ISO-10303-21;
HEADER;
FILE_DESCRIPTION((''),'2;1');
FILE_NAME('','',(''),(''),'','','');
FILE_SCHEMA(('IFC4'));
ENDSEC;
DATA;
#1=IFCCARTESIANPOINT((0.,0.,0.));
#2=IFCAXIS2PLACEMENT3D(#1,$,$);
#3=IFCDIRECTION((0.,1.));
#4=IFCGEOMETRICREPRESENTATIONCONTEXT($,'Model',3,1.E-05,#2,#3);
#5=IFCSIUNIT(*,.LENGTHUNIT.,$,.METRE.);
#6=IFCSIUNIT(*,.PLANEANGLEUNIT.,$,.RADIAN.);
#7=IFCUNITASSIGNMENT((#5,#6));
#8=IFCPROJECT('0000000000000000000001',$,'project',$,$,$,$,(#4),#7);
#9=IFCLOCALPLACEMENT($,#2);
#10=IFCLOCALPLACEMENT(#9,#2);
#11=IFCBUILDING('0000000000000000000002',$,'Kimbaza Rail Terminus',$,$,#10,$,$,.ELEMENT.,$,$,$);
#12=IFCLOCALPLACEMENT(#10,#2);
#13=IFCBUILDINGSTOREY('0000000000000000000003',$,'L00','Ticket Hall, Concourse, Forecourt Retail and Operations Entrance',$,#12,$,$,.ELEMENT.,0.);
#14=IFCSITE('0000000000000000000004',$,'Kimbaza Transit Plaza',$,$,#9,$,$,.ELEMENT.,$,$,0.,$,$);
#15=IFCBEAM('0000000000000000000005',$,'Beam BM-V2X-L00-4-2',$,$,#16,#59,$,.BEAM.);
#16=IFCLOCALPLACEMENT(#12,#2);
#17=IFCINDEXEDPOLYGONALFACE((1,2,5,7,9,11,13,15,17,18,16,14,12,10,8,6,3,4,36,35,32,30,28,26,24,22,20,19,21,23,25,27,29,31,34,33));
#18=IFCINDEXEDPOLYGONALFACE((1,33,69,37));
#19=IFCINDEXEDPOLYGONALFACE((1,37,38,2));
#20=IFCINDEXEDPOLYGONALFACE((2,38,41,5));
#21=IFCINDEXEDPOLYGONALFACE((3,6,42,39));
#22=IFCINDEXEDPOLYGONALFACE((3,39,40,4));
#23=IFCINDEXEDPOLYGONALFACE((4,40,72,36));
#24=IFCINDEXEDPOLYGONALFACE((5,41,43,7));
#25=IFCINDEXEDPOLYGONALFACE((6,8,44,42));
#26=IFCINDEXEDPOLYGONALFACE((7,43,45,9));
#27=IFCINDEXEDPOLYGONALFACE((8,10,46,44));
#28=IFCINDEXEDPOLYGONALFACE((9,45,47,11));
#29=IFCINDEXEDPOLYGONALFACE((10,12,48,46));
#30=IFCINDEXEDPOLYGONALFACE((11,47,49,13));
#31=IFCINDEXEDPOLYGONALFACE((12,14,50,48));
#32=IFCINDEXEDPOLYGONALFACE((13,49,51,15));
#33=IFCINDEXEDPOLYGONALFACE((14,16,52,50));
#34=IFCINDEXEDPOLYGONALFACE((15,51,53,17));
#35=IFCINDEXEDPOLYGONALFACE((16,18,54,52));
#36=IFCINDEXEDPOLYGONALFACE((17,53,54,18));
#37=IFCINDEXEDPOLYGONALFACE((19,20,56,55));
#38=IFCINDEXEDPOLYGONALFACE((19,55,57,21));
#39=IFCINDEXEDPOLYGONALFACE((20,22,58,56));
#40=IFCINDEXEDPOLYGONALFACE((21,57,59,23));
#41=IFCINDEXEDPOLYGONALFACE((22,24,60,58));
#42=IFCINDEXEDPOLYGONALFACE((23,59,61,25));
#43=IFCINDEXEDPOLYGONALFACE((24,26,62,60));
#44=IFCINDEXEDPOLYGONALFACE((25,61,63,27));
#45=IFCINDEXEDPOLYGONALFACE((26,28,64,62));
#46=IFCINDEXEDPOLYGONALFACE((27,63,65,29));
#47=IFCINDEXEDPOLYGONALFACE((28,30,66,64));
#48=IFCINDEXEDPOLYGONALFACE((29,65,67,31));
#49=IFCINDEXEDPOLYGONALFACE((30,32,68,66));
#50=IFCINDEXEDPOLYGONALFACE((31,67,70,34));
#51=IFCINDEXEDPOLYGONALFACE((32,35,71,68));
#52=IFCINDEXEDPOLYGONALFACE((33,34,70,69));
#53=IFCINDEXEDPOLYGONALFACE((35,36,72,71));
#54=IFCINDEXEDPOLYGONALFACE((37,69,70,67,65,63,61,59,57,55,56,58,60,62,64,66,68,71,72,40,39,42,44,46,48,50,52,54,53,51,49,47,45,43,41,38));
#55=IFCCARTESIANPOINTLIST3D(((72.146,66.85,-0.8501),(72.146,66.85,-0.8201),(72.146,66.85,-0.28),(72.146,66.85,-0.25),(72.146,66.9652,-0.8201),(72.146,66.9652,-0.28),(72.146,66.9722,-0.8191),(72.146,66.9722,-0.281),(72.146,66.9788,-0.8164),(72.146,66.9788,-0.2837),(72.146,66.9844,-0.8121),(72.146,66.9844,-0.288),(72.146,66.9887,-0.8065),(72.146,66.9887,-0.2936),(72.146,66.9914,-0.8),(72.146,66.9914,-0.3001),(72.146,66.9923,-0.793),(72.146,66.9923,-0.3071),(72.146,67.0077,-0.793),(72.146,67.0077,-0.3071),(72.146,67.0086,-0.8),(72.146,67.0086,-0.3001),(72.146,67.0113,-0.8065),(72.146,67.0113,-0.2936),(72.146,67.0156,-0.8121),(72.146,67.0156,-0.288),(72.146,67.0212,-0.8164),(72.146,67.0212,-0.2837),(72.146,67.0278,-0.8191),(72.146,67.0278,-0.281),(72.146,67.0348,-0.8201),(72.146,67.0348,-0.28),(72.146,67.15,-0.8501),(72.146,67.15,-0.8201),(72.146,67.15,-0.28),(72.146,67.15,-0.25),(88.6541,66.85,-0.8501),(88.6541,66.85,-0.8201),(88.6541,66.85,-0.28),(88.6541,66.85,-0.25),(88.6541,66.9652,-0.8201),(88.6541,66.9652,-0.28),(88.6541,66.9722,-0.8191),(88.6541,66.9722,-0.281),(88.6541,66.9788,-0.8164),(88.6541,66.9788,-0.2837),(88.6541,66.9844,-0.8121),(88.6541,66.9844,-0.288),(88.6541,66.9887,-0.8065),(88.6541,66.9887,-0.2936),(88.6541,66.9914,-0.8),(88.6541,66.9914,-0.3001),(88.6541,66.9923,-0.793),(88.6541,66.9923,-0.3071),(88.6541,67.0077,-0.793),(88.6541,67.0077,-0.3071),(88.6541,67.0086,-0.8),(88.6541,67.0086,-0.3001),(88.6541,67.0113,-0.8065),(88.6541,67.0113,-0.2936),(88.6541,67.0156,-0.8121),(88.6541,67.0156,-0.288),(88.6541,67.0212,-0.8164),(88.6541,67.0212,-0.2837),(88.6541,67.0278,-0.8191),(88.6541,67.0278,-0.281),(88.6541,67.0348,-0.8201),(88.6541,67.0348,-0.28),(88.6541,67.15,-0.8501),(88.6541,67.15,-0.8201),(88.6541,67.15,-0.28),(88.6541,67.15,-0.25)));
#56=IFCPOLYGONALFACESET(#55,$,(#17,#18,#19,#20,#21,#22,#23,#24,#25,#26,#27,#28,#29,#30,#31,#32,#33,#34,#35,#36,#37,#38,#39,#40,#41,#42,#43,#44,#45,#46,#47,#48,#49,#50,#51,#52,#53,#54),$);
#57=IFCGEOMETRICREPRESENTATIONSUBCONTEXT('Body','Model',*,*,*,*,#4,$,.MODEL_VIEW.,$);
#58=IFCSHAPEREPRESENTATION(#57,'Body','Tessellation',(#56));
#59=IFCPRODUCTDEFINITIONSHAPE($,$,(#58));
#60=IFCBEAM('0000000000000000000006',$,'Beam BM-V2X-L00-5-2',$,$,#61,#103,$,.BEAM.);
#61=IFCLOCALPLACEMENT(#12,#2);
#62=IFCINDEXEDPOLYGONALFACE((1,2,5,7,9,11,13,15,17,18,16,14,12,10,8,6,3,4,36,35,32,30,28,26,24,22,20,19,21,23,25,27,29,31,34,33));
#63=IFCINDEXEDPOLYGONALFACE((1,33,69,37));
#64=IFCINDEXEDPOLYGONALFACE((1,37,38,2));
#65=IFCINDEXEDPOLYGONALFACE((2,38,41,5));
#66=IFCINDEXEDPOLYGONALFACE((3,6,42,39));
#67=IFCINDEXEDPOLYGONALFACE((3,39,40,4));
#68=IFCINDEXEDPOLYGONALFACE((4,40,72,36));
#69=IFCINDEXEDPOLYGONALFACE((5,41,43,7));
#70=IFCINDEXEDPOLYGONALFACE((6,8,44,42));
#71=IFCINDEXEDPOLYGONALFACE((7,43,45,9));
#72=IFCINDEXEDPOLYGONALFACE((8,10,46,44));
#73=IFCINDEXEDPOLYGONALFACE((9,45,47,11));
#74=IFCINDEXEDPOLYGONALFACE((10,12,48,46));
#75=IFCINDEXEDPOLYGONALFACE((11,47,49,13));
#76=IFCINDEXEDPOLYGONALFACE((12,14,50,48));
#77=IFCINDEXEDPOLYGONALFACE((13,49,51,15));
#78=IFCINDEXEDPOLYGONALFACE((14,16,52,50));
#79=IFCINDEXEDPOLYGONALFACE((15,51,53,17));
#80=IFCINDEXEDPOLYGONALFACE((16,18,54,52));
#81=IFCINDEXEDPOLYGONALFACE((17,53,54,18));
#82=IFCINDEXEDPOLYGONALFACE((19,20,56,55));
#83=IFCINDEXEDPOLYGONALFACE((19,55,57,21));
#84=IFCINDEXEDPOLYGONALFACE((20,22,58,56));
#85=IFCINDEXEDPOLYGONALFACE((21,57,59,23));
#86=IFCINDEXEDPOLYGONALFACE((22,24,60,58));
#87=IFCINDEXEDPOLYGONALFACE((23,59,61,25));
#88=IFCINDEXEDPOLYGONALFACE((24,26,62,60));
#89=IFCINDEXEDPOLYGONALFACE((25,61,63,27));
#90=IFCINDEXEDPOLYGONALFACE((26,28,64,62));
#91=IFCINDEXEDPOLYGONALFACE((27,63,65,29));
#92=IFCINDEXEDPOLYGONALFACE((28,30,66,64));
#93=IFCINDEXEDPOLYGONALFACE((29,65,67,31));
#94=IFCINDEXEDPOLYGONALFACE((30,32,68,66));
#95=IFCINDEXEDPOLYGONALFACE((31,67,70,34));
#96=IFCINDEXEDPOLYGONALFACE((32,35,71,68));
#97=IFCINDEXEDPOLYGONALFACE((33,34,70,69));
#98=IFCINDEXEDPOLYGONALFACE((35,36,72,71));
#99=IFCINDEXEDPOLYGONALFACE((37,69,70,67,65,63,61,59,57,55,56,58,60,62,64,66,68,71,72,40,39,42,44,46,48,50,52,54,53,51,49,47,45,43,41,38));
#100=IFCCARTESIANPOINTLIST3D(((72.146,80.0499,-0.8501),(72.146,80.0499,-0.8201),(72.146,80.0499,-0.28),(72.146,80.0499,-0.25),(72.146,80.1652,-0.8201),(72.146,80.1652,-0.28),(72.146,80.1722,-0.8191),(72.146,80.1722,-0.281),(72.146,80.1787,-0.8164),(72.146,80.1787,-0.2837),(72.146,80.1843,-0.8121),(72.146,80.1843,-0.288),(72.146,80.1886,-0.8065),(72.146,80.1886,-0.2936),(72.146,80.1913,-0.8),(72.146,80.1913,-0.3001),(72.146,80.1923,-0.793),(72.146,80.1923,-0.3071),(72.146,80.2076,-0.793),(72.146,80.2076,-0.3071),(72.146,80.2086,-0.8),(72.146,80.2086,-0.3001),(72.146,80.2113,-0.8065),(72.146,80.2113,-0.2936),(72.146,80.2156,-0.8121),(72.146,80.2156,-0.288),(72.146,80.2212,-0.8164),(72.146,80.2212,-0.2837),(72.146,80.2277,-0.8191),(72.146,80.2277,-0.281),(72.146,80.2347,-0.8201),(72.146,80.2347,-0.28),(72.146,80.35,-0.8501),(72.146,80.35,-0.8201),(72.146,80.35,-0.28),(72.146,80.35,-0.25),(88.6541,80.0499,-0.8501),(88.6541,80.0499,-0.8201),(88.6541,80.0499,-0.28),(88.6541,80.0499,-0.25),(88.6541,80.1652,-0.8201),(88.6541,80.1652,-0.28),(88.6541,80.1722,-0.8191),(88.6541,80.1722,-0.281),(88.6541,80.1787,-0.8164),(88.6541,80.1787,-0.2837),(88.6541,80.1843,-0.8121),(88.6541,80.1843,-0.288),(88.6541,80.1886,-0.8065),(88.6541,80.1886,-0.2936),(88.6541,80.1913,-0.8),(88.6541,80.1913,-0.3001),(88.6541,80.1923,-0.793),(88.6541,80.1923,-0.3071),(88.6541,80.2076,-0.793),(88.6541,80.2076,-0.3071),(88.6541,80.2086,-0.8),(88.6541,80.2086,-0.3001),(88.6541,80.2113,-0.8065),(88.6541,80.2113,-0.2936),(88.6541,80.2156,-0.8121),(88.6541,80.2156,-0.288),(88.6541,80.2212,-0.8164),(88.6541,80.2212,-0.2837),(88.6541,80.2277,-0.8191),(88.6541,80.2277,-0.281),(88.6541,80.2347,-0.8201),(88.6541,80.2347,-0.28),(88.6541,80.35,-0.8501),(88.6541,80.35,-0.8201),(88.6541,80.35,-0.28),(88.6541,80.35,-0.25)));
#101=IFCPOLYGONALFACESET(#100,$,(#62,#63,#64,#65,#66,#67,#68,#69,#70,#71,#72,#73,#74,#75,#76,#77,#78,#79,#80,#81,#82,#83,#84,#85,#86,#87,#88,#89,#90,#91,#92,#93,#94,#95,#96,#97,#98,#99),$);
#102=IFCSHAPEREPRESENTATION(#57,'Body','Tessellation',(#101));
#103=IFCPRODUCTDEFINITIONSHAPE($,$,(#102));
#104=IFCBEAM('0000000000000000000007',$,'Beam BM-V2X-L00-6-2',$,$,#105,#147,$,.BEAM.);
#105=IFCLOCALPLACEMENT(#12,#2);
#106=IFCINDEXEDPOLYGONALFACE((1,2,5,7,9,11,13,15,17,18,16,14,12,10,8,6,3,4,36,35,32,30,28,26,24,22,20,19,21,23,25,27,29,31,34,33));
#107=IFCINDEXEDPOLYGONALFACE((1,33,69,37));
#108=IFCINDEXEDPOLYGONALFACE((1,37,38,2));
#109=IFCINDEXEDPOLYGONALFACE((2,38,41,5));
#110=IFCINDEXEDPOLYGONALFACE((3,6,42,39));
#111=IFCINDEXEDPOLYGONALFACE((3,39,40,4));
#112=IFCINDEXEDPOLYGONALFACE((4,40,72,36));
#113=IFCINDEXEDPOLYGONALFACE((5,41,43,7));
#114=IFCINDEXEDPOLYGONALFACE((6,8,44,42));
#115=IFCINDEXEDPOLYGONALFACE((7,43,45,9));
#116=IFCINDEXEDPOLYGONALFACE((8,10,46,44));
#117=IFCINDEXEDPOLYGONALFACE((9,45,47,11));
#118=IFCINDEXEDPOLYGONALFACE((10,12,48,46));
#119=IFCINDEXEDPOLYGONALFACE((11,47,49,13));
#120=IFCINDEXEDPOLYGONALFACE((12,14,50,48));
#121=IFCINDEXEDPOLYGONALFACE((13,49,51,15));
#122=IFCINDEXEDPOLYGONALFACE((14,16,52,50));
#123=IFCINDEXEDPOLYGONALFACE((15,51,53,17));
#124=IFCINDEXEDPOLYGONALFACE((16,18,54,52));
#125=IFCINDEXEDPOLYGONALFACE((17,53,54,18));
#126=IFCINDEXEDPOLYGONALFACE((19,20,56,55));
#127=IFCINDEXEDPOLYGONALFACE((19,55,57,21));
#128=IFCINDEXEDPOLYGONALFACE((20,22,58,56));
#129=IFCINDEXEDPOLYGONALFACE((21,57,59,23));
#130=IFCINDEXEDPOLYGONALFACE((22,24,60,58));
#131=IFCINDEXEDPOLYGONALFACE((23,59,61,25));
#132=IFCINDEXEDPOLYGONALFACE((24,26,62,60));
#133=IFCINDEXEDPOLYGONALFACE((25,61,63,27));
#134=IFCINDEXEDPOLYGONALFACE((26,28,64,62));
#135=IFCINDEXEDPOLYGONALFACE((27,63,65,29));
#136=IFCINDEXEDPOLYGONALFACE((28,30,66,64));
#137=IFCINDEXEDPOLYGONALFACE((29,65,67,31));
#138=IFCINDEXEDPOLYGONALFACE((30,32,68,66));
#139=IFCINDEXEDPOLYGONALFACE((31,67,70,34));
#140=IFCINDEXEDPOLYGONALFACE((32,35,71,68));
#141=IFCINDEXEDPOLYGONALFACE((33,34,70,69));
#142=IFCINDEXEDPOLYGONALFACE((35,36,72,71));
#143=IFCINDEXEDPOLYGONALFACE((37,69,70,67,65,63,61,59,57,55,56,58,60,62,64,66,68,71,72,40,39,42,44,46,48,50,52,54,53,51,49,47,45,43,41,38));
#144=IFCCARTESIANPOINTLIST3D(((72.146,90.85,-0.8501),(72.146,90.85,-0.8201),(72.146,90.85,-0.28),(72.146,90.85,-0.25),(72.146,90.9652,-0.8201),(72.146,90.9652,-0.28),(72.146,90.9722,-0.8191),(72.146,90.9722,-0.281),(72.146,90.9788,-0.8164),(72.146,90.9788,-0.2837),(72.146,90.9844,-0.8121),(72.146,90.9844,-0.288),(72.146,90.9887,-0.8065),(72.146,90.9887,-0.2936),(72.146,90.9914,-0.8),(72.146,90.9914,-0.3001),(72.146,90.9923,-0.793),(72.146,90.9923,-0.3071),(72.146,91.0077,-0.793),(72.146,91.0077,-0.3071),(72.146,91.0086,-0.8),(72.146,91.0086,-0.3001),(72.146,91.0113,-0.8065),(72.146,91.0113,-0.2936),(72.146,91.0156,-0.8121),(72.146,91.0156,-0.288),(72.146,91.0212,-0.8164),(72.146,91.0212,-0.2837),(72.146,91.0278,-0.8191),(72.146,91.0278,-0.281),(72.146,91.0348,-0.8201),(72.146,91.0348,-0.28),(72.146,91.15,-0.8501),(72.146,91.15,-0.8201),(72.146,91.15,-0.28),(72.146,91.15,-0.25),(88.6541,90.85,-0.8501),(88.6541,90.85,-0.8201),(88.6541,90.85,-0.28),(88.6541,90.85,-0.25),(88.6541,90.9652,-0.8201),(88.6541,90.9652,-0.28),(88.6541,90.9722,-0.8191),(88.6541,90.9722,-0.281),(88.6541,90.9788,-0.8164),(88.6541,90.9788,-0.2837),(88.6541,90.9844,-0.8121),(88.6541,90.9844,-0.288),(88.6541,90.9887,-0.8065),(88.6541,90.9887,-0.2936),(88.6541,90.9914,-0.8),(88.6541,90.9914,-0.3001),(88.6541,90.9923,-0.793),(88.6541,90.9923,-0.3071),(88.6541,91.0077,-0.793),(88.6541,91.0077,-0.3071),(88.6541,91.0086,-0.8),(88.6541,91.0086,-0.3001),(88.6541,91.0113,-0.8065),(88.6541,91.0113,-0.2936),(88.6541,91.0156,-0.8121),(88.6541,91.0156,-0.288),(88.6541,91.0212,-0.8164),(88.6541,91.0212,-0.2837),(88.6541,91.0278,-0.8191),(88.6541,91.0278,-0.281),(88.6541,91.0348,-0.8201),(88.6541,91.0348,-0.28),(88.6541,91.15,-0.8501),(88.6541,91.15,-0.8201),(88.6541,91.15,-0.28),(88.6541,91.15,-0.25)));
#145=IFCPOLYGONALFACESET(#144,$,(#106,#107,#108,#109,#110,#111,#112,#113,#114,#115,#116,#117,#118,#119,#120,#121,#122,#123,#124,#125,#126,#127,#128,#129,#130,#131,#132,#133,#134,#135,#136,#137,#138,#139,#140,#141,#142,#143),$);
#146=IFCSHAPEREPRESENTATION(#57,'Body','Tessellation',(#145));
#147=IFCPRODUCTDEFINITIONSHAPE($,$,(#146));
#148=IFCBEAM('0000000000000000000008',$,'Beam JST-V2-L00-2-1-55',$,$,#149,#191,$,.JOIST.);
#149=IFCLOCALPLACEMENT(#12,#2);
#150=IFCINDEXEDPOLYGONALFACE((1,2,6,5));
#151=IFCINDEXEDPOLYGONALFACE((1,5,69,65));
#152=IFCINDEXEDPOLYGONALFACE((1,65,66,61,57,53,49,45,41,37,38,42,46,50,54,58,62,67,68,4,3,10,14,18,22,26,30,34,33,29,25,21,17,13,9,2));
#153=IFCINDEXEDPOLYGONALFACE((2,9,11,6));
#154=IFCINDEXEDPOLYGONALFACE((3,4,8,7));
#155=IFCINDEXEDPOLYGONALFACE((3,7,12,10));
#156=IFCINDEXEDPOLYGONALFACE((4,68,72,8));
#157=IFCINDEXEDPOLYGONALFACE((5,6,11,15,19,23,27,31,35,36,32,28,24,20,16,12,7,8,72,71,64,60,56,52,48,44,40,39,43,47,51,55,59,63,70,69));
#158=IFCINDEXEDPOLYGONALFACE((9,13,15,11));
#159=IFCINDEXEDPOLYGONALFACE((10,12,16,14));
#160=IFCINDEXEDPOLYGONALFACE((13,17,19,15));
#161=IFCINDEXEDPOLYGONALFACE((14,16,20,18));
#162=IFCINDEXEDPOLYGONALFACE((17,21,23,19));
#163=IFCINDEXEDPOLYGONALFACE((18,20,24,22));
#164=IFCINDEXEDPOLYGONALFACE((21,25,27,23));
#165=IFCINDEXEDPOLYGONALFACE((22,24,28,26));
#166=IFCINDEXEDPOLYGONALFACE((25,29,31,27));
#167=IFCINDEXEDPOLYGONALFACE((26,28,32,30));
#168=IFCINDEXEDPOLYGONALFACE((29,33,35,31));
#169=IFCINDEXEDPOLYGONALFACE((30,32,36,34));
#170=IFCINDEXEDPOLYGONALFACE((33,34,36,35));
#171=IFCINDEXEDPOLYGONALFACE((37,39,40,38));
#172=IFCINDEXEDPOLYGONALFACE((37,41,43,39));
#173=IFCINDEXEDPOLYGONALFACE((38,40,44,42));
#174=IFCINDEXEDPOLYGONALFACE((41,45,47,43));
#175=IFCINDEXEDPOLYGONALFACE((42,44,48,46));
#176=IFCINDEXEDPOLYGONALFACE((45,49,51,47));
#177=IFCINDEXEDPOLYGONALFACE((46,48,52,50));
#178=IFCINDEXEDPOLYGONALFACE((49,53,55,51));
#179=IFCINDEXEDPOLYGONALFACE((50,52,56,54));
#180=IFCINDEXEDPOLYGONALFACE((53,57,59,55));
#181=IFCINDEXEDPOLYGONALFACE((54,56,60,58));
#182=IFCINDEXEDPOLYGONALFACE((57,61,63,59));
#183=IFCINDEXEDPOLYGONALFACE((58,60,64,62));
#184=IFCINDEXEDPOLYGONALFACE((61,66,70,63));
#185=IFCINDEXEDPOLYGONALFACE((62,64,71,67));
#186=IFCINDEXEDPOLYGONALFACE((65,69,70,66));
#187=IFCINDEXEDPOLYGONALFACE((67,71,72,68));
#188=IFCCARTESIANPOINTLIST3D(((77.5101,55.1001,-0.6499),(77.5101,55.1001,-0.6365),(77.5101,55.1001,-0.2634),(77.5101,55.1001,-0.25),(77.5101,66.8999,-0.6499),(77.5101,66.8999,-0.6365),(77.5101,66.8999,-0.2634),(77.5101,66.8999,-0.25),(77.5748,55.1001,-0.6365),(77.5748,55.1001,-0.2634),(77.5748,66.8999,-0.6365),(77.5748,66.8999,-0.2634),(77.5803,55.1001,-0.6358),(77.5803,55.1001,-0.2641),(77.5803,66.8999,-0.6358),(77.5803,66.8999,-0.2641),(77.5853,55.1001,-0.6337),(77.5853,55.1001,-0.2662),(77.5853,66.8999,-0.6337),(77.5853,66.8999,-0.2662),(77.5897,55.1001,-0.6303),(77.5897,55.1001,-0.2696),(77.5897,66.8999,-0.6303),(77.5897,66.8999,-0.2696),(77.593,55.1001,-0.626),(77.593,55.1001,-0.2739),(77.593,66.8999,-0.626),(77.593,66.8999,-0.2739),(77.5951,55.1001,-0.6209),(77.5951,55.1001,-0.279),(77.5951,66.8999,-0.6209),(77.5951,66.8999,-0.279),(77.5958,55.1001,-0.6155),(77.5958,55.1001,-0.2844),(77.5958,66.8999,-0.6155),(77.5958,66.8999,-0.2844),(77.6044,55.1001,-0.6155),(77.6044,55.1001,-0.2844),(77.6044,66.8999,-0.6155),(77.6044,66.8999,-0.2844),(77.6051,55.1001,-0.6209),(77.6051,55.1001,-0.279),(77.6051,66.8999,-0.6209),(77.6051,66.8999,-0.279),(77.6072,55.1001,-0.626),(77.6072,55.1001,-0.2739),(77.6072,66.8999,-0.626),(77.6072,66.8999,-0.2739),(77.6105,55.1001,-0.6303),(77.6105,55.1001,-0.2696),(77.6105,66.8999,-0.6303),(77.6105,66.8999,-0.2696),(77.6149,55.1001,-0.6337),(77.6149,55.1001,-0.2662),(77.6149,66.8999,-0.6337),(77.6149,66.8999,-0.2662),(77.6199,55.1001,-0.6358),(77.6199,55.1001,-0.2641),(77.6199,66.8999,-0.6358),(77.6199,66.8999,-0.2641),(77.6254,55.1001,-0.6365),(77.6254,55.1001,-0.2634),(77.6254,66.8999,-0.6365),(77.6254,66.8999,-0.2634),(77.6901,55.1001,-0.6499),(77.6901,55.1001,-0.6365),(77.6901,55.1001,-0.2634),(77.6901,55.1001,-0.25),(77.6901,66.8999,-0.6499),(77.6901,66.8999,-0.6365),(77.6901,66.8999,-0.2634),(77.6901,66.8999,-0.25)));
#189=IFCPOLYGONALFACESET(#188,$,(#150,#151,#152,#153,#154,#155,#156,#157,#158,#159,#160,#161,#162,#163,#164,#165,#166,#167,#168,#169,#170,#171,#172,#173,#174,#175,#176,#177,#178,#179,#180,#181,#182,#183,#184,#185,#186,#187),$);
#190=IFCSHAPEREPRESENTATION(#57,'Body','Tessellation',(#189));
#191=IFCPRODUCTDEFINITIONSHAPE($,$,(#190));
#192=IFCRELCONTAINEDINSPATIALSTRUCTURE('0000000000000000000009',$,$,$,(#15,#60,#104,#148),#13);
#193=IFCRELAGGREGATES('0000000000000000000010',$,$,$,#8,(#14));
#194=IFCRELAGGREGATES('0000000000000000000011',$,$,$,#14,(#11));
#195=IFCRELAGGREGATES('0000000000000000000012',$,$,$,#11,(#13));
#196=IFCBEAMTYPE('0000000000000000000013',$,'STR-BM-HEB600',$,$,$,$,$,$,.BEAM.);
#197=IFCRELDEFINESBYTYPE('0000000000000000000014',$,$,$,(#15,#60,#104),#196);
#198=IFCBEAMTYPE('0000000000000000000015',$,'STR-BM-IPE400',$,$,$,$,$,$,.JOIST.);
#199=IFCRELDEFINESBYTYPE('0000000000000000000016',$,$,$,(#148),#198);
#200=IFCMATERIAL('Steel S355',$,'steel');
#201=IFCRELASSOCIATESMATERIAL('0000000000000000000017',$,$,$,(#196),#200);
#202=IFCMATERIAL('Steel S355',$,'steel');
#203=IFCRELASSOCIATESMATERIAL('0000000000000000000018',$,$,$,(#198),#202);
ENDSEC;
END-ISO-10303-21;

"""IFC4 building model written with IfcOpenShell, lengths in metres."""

from ifc_helpers import new_model, si_unit, direction, frame, origin, origin_2d, place, context, subcontext, project, spatial, i_section, extrude, material, material_profile, profile_set, type_object, element, save


model = new_model("IFC4")

# Units and contexts
model_context = context("Model", 3, precision=1e-05, world=origin(), true_north=direction((0.0, 1.0)))
body_context = subcontext(model_context, "Body", "Model", "MODEL_VIEW")
ifc_project = project(units=[si_unit("LENGTHUNIT", "METRE"), si_unit("PLANEANGLEUNIT", "RADIAN")], contexts=[model_context])

# Site, building, storey
site_placement = place(None, origin())
site = spatial("IfcSite", under=ifc_project, at=site_placement, Name="Kimbaza Transit Plaza", CompositionType="ELEMENT", RefElevation=0.0)
building_placement = place(site_placement, origin())
building = spatial("IfcBuilding", under=site, at=building_placement, Name="Kimbaza Rail Terminus", CompositionType="ELEMENT")
storey_placement = place(building_placement, origin())
storey = spatial("IfcBuildingStorey", under=building, at=storey_placement, Name="L00", Description="Ticket Hall, Concourse, Forecourt Retail and Operations Entrance", CompositionType="ELEMENT", Elevation=0.0)

# Beams
ifc_material_1 = material(Name="Steel S355", Category="steel")
ifc_material_profile_1 = material_profile(ifc_material_1, i_section(OverallWidth=0.3, OverallDepth=0.6001, WebThickness=0.0154, FlangeThickness=0.03, FilletRadius=0.0271, at=origin_2d()), Name="HEB 600")
ifc_profile_set_1 = profile_set([ifc_material_profile_1], Name="Steel S355")
beam_type_1 = type_object("IfcBeamType", Name="STR-BM-HEB600", PredefinedType="BEAM", material=ifc_profile_set_1)
for number, where, z_axis, x_axis, name in (
    (1, (72.146, 67.0, -0.55), (1.0, 0.0, 0.0), (0.0, 1.0, 0.0), "Beam BM-V2X-L00-4-2"),
    (2, (72.146, 80.2, -0.55), (1.0, 0.0, 0.0), (0.0, 1.0, 0.0), "Beam BM-V2X-L00-5-2"),
    (3, (72.146, 91.0, -0.55), (1.0, 0.0, 0.0), (0.0, 1.0, 0.0), "Beam BM-V2X-L00-6-2"),
):
    element("IfcBeam", number, at=place(storey_placement, frame(where, z_axis=z_axis, x_axis=x_axis)), inside=storey, type_object=beam_type_1, Name=name, PredefinedType="BEAM", context=body_context, shape_type="SweptSolid", body=[
        extrude(i_section(OverallWidth=0.3, OverallDepth=0.6001, WebThickness=0.0154, FlangeThickness=0.03, FilletRadius=0.0271, at=origin_2d()), origin(), (0.0, 0.0, 1.0), 16.5081),
    ])
ifc_material_2 = material(Name="Steel S355", Category="steel")
ifc_material_profile_2 = material_profile(ifc_material_2, i_section(OverallWidth=0.1799, OverallDepth=0.3999, WebThickness=0.0085, FlangeThickness=0.0134, FilletRadius=0.021, at=origin_2d()), Name="IPE 400")
ifc_profile_set_2 = profile_set([ifc_material_profile_2], Name="Steel S355")
beam_type_2 = type_object("IfcBeamType", Name="STR-BM-IPE400", PredefinedType="JOIST", material=ifc_profile_set_2)
beam_1_placement = place(storey_placement, frame((77.6001, 55.1001, -0.45), z_axis=(0.0, 1.0, 0.0), x_axis=(-1.0, 0.0, 0.0)))
element("IfcBeam", 4, at=beam_1_placement, inside=storey, type_object=beam_type_2, Name="Beam JST-V2-L00-2-1-55", PredefinedType="JOIST", context=body_context, shape_type="SweptSolid", body=[
    extrude(i_section(OverallWidth=0.1799, OverallDepth=0.3999, WebThickness=0.0085, FlangeThickness=0.0134, FilletRadius=0.021, at=origin_2d()), origin(), (0.0, 0.0, 1.0), 11.7998),
])

save(model, "model.ifc")
